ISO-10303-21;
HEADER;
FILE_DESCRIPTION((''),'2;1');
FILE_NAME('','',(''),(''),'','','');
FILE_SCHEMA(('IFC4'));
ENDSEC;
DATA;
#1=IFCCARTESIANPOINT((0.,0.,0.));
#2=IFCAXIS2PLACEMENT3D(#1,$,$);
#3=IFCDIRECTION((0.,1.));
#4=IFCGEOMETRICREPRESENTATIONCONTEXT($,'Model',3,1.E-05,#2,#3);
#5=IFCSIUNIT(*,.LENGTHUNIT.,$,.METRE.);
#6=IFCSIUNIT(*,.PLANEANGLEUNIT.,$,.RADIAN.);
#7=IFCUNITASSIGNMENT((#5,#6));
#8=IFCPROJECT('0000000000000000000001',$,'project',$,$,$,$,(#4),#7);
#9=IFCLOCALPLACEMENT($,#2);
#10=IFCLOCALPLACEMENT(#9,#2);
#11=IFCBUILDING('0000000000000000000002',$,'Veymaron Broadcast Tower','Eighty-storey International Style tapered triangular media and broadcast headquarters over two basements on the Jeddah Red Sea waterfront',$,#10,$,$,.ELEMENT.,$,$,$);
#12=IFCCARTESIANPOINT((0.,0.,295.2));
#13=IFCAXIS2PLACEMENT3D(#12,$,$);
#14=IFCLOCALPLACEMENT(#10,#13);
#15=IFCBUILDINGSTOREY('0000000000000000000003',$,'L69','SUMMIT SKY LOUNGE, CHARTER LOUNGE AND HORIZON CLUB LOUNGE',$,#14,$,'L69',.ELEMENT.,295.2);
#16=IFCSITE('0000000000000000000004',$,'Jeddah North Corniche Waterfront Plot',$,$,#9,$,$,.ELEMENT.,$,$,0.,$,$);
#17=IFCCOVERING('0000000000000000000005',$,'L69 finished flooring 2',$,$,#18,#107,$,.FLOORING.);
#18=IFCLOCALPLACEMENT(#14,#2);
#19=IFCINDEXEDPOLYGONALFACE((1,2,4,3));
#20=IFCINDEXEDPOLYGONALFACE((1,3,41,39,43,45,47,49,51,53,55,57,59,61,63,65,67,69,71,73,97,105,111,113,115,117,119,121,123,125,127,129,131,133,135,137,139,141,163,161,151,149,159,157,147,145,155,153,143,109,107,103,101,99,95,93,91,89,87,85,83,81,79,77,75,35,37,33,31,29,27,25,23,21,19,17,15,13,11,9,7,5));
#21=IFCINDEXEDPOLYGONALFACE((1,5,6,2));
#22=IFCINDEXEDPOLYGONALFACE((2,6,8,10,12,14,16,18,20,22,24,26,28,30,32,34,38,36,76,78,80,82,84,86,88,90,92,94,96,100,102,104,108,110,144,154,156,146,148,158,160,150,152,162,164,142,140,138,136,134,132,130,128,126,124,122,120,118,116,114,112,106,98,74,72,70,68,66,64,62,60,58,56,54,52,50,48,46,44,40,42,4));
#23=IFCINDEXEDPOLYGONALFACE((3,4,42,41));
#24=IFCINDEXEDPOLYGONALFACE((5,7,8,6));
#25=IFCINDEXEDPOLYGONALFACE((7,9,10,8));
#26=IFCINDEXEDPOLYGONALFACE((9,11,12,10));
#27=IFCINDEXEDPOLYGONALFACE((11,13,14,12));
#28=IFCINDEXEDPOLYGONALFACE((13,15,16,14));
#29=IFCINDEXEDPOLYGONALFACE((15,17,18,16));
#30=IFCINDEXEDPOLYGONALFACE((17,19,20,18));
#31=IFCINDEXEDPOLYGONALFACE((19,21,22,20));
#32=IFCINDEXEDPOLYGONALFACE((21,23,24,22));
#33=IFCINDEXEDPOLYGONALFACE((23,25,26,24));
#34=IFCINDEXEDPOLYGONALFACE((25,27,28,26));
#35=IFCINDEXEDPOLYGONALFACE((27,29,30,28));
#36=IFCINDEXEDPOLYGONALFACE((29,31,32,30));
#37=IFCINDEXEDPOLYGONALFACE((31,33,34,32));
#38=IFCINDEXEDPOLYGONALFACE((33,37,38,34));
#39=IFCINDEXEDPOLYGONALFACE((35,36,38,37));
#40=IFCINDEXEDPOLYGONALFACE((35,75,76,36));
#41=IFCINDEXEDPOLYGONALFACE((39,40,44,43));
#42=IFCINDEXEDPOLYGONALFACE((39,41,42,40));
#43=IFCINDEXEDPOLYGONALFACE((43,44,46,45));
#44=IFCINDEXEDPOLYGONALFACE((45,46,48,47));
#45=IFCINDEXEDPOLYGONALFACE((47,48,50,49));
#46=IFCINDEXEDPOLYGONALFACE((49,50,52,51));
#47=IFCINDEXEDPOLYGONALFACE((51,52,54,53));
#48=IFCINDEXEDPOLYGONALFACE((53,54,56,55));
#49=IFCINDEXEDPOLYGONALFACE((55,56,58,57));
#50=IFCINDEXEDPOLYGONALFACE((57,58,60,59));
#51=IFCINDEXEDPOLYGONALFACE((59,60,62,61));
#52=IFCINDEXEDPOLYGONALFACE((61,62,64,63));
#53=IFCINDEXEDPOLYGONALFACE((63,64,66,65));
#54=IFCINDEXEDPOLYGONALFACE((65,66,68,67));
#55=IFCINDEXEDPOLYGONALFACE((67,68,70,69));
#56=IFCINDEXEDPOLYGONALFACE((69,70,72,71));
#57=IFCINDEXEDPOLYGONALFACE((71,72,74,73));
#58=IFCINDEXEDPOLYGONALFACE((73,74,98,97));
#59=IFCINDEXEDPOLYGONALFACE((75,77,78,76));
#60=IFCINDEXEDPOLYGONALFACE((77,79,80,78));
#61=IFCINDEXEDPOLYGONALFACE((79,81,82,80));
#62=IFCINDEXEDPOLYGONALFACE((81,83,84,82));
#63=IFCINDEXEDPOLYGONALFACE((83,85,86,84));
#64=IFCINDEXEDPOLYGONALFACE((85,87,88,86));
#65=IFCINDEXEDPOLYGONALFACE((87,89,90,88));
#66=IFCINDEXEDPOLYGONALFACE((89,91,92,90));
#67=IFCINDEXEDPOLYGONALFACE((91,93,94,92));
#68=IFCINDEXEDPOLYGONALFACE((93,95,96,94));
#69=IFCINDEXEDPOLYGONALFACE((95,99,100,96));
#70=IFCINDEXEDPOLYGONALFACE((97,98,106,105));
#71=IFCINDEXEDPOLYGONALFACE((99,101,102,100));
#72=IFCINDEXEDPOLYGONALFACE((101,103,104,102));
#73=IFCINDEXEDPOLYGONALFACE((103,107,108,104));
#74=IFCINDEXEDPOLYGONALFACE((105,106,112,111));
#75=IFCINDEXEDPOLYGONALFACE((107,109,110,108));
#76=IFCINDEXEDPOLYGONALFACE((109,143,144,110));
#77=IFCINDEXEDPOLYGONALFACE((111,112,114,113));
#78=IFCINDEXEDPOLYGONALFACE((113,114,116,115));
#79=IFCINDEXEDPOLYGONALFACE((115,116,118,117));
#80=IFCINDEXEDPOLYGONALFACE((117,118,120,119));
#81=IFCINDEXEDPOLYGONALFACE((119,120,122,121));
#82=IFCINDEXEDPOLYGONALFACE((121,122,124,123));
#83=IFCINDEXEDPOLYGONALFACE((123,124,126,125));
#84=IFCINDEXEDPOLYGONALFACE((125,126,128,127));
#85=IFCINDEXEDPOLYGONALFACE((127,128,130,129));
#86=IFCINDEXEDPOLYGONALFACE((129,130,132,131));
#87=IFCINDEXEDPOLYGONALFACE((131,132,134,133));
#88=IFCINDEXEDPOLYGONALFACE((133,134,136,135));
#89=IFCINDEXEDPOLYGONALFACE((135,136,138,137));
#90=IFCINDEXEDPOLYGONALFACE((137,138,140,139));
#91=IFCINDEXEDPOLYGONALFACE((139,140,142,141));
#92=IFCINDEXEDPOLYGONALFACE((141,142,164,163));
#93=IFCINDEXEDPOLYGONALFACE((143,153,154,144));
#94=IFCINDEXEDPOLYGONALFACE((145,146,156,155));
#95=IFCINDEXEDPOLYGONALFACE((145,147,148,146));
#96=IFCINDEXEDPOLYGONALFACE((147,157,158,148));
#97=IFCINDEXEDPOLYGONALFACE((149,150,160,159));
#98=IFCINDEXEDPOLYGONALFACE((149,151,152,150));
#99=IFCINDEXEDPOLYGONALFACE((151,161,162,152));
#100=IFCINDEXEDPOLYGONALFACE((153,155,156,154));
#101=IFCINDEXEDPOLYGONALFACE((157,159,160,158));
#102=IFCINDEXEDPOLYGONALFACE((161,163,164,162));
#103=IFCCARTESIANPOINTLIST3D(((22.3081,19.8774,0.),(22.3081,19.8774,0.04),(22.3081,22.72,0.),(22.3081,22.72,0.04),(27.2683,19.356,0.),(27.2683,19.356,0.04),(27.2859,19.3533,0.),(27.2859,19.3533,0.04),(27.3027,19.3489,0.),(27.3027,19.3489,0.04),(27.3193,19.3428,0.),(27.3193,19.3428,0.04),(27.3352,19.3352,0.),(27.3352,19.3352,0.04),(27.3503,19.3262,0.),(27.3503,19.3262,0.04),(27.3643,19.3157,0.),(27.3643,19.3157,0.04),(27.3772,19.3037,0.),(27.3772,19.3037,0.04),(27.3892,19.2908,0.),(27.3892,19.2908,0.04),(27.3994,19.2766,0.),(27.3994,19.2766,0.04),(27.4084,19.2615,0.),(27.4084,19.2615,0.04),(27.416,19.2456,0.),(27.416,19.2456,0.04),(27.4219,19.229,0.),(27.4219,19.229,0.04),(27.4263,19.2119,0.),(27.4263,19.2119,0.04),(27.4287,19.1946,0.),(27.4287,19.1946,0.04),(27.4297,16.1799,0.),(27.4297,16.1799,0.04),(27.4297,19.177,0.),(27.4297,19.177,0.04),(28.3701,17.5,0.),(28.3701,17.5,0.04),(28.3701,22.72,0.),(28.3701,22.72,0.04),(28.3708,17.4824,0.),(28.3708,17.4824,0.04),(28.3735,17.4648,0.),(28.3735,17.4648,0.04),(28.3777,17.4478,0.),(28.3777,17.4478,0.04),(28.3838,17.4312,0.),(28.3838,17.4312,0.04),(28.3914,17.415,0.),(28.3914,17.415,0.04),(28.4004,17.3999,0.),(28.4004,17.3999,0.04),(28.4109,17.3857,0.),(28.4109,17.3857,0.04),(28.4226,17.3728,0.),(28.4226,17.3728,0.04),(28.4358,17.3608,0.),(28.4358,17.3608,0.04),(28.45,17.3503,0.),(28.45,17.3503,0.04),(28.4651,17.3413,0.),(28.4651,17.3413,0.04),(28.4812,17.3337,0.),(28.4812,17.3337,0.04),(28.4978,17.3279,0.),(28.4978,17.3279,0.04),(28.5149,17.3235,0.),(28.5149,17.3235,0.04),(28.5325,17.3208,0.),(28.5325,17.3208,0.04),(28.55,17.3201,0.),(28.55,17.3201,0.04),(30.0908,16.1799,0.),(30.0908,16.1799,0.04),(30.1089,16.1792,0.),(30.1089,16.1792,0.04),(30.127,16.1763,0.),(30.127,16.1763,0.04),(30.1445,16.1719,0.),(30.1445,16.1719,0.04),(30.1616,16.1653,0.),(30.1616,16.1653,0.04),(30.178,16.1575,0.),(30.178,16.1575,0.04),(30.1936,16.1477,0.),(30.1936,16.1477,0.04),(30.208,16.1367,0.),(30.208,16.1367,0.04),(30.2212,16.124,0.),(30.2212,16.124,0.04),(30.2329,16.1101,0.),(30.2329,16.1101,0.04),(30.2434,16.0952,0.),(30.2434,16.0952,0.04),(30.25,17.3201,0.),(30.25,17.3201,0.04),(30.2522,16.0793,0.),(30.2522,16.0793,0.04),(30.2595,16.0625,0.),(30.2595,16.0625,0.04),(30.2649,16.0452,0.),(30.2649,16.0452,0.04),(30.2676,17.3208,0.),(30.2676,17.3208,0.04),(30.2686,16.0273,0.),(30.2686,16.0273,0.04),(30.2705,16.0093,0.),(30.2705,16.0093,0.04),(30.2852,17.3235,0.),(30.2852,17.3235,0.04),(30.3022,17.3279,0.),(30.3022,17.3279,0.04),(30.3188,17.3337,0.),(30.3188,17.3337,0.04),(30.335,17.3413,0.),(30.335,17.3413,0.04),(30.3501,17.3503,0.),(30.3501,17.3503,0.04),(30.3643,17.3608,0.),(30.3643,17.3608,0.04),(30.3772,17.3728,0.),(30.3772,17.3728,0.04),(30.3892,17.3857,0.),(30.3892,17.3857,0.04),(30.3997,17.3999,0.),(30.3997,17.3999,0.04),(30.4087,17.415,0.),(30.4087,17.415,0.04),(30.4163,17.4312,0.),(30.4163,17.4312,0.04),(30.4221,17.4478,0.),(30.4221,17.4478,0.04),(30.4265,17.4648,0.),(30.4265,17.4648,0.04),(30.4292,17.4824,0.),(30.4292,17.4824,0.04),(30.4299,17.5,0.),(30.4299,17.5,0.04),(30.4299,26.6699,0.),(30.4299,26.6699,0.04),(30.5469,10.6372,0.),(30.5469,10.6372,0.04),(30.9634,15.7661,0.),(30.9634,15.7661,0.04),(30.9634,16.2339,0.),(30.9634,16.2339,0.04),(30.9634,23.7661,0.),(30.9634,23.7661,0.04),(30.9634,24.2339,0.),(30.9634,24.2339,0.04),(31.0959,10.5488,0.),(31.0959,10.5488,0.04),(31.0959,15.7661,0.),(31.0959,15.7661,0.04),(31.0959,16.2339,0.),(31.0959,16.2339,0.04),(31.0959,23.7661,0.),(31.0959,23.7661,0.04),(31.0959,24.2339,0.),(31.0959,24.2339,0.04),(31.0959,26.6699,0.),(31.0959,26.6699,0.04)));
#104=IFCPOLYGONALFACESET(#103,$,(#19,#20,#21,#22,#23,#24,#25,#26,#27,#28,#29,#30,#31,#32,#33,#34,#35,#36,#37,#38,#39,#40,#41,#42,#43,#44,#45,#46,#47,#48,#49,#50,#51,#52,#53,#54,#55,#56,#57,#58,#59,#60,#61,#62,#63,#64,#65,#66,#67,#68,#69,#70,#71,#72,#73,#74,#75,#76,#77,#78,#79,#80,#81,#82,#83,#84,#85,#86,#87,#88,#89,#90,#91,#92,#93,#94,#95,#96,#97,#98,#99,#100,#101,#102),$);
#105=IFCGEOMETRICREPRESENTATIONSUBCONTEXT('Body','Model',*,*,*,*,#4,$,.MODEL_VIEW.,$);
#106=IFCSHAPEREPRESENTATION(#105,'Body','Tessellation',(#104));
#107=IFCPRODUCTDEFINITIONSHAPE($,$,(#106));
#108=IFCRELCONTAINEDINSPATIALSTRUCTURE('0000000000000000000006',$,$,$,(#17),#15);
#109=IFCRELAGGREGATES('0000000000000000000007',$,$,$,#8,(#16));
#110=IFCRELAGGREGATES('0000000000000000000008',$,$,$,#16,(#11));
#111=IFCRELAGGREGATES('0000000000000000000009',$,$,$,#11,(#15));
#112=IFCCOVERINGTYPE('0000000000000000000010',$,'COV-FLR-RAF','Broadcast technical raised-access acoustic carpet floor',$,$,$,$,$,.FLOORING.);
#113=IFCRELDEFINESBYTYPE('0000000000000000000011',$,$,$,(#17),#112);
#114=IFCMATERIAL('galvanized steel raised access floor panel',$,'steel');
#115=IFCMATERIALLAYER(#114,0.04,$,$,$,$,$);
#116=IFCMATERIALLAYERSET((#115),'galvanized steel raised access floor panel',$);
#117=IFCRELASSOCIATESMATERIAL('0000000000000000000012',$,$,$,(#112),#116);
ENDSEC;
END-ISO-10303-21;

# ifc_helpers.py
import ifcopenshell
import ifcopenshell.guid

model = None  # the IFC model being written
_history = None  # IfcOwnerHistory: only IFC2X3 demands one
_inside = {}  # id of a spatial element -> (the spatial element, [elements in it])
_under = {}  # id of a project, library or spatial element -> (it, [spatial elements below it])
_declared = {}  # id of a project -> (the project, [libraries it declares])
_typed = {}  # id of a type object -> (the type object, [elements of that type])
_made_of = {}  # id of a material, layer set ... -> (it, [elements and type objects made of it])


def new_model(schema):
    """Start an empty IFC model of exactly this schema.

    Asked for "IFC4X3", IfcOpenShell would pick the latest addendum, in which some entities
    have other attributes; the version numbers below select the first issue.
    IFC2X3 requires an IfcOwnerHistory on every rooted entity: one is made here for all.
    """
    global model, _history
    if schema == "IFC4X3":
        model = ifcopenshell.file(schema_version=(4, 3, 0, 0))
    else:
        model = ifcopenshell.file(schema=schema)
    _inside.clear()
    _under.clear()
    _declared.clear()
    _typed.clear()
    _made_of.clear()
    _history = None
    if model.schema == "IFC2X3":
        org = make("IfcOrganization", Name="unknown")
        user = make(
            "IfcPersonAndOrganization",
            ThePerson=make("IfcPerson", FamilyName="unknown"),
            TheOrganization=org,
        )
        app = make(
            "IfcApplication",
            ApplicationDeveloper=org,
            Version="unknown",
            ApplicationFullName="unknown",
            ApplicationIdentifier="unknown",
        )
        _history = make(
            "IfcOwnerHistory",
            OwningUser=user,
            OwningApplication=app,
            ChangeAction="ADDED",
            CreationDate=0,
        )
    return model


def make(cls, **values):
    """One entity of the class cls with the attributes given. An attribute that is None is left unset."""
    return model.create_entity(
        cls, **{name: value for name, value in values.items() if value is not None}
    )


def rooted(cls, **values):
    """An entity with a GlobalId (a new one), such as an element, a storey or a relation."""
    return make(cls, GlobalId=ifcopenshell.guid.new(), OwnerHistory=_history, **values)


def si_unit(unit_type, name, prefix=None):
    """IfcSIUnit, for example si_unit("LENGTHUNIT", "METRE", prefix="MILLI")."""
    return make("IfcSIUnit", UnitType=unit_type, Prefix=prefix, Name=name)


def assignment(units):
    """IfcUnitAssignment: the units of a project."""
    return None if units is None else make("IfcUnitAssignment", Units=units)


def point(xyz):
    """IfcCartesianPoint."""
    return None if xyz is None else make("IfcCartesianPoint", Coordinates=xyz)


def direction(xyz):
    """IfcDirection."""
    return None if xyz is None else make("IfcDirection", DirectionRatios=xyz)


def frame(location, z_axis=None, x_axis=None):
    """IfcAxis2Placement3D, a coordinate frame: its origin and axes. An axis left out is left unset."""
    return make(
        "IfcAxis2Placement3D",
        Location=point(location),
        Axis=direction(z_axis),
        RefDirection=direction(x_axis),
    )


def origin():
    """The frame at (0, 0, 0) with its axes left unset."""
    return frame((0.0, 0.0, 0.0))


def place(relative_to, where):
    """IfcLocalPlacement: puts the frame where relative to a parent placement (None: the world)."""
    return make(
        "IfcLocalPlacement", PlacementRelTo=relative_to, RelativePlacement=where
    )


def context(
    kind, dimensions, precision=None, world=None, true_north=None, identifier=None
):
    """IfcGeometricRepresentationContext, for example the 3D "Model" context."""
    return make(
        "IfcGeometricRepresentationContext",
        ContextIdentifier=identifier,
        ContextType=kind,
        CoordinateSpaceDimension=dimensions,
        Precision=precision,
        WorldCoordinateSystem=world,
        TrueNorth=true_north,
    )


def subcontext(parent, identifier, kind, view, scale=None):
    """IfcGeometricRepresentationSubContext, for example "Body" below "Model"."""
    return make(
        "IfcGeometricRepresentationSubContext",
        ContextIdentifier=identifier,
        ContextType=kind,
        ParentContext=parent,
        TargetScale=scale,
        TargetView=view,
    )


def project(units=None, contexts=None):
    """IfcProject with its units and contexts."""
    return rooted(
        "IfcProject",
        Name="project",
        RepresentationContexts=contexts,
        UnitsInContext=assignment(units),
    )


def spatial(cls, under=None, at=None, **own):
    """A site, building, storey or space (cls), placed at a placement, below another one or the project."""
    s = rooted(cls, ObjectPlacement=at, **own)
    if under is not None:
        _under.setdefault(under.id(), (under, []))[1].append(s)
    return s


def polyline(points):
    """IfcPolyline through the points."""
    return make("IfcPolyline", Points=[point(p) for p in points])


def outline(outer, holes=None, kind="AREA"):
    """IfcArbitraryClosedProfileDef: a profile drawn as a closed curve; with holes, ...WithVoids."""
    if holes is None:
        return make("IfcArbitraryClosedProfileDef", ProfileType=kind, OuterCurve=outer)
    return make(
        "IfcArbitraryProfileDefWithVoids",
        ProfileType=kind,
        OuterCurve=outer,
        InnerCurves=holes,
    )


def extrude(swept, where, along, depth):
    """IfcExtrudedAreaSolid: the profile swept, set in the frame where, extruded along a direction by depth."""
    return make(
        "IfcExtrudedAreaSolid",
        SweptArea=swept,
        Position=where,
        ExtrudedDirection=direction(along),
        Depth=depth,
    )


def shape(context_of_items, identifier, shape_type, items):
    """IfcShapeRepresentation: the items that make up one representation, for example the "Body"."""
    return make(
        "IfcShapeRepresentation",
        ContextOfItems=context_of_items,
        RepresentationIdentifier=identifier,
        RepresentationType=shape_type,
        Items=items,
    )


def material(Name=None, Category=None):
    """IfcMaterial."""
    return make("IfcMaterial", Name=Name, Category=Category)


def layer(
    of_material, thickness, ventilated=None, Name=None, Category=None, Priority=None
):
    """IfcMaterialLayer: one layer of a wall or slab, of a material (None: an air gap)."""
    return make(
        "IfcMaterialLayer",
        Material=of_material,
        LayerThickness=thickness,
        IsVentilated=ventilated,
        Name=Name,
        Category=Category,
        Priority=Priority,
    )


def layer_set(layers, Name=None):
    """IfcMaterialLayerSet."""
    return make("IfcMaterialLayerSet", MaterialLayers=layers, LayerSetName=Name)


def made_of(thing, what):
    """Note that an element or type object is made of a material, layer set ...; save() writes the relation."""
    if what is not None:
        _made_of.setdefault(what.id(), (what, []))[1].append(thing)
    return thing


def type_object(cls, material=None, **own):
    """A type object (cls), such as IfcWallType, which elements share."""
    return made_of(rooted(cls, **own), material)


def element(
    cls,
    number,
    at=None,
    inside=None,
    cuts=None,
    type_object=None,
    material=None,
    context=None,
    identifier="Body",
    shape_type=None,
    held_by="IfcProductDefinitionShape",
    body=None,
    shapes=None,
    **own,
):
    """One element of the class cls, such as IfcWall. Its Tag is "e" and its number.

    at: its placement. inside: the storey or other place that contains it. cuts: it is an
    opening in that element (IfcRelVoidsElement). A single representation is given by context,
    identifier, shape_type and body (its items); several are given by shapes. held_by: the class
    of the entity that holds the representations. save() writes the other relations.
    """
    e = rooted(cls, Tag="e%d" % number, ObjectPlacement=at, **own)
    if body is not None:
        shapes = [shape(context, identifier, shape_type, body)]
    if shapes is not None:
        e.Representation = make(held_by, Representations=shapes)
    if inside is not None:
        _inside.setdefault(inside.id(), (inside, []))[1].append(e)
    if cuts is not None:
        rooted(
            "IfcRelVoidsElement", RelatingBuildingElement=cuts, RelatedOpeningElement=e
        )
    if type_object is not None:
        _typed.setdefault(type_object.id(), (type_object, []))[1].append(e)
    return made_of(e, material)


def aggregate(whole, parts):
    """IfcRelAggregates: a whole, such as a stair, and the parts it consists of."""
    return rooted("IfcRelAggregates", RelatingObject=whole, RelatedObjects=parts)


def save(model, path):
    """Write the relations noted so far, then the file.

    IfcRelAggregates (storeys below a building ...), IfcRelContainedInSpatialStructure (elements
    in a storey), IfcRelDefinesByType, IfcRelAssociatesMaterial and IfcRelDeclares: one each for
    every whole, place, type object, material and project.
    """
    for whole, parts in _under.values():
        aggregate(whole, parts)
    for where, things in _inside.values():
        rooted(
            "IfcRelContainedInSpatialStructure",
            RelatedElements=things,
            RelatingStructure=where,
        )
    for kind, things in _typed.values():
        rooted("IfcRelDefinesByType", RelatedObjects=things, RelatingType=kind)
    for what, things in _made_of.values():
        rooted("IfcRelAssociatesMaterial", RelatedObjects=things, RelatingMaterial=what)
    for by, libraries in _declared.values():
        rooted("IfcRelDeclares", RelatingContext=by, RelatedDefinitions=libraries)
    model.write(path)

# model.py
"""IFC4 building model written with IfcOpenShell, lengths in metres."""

from ifc_helpers import new_model, si_unit, direction, frame, origin, place, context, subcontext, project, spatial, polyline, outline, extrude, material, layer, layer_set, type_object, element, save


model = new_model("IFC4")

# Units and contexts
model_context = context("Model", 3, precision=1e-05, world=origin(), true_north=direction((0.0, 1.0)))
body_context = subcontext(model_context, "Body", "Model", "MODEL_VIEW")
ifc_project = project(units=[si_unit("LENGTHUNIT", "METRE"), si_unit("PLANEANGLEUNIT", "RADIAN")], contexts=[model_context])

# Site, building, storey
site_placement = place(None, origin())
site = spatial("IfcSite", under=ifc_project, at=site_placement, Name="Jeddah North Corniche Waterfront Plot", CompositionType="ELEMENT", RefElevation=0.0)
building_placement = place(site_placement, origin())
building = spatial("IfcBuilding", under=site, at=building_placement, Name="Veymaron Broadcast Tower", Description="Eighty-storey International Style tapered triangular media and broadcast headquarters over two basements on the Jeddah Red Sea waterfront", CompositionType="ELEMENT")
storey_placement = place(building_placement, frame((0.0, 0.0, 295.2)))
storey = spatial("IfcBuildingStorey", under=building, at=storey_placement, Name="L69", Description="SUMMIT SKY LOUNGE, CHARTER LOUNGE AND HORIZON CLUB LOUNGE", LongName="L69", CompositionType="ELEMENT", Elevation=295.2)

# Covering
ifc_material_1 = material(Name="galvanized steel raised access floor panel", Category="steel")
ifc_layer_1 = layer(ifc_material_1, 0.04)
ifc_layer_set_1 = layer_set([ifc_layer_1], Name="galvanized steel raised access floor panel")
covering_type_1 = type_object("IfcCoveringType", Name="COV-FLR-RAF", Description="Broadcast technical raised-access acoustic carpet floor", PredefinedType="FLOORING", material=ifc_layer_set_1)
covering_1_placement = place(storey_placement, origin())
element("IfcCovering", 1, at=covering_1_placement, inside=storey, type_object=covering_type_1, Name="L69 finished flooring 2", PredefinedType="FLOORING", context=body_context, shape_type="SweptSolid", body=[
    extrude(outline(polyline([(30.127, 16.1763), (30.1089, 16.1792), (30.0908, 16.1799), (27.4297, 16.1799), (27.4297, 19.177), (27.4287, 19.1946), (27.4263, 19.2119), (27.4219, 19.229), (27.416, 19.2456), (27.4084, 19.2615), (27.3994, 19.2766), (27.3892, 19.2908), (27.3772, 19.3037), (27.3643, 19.3157), (27.3503, 19.3262), (27.3352, 19.3352), (27.3193, 19.3428), (27.3027, 19.3489), (27.2859, 19.3533), (27.2683, 19.356), (22.3081, 19.8774), (22.3081, 22.72), (28.3701, 22.72), (28.3701, 17.5), (28.3708, 17.4824), (28.3735, 17.4648), (28.3777, 17.4478), (28.3838, 17.4312), (28.3914, 17.415), (28.4004, 17.3999), (28.4109, 17.3857), (28.4226, 17.3728), (28.4358, 17.3608), (28.45, 17.3503), (28.4651, 17.3413), (28.4812, 17.3337), (28.4978, 17.3279), (28.5149, 17.3235), (28.5325, 17.3208), (28.55, 17.3201), (30.25, 17.3201), (30.2676, 17.3208), (30.2852, 17.3235), (30.3022, 17.3279), (30.3188, 17.3337), (30.335, 17.3413), (30.3501, 17.3503), (30.3643, 17.3608), (30.3772, 17.3728), (30.3892, 17.3857), (30.3997, 17.3999), (30.4087, 17.415), (30.4163, 17.4312), (30.4221, 17.4478), (30.4265, 17.4648), (30.4292, 17.4824), (30.4299, 17.5), (30.4299, 26.6699), (31.0959, 26.6699), (31.0959, 24.2339), (30.9634, 24.2339), (30.9634, 23.7661), (31.0959, 23.7661), (31.0959, 16.2339), (30.9634, 16.2339), (30.9634, 15.7661), (31.0959, 15.7661), (31.0959, 10.5488), (30.5469, 10.6372), (30.2705, 16.0093), (30.2686, 16.0273), (30.2649, 16.0452), (30.2595, 16.0625), (30.2522, 16.0793), (30.2434, 16.0952), (30.2329, 16.1101), (30.2212, 16.124), (30.208, 16.1367), (30.1936, 16.1477), (30.178, 16.1575), (30.1616, 16.1653), (30.1445, 16.1719), (30.127, 16.1763)])), origin(), (0.0, 0.0, 1.0), 0.04),
])

save(model, "model.ifc")
